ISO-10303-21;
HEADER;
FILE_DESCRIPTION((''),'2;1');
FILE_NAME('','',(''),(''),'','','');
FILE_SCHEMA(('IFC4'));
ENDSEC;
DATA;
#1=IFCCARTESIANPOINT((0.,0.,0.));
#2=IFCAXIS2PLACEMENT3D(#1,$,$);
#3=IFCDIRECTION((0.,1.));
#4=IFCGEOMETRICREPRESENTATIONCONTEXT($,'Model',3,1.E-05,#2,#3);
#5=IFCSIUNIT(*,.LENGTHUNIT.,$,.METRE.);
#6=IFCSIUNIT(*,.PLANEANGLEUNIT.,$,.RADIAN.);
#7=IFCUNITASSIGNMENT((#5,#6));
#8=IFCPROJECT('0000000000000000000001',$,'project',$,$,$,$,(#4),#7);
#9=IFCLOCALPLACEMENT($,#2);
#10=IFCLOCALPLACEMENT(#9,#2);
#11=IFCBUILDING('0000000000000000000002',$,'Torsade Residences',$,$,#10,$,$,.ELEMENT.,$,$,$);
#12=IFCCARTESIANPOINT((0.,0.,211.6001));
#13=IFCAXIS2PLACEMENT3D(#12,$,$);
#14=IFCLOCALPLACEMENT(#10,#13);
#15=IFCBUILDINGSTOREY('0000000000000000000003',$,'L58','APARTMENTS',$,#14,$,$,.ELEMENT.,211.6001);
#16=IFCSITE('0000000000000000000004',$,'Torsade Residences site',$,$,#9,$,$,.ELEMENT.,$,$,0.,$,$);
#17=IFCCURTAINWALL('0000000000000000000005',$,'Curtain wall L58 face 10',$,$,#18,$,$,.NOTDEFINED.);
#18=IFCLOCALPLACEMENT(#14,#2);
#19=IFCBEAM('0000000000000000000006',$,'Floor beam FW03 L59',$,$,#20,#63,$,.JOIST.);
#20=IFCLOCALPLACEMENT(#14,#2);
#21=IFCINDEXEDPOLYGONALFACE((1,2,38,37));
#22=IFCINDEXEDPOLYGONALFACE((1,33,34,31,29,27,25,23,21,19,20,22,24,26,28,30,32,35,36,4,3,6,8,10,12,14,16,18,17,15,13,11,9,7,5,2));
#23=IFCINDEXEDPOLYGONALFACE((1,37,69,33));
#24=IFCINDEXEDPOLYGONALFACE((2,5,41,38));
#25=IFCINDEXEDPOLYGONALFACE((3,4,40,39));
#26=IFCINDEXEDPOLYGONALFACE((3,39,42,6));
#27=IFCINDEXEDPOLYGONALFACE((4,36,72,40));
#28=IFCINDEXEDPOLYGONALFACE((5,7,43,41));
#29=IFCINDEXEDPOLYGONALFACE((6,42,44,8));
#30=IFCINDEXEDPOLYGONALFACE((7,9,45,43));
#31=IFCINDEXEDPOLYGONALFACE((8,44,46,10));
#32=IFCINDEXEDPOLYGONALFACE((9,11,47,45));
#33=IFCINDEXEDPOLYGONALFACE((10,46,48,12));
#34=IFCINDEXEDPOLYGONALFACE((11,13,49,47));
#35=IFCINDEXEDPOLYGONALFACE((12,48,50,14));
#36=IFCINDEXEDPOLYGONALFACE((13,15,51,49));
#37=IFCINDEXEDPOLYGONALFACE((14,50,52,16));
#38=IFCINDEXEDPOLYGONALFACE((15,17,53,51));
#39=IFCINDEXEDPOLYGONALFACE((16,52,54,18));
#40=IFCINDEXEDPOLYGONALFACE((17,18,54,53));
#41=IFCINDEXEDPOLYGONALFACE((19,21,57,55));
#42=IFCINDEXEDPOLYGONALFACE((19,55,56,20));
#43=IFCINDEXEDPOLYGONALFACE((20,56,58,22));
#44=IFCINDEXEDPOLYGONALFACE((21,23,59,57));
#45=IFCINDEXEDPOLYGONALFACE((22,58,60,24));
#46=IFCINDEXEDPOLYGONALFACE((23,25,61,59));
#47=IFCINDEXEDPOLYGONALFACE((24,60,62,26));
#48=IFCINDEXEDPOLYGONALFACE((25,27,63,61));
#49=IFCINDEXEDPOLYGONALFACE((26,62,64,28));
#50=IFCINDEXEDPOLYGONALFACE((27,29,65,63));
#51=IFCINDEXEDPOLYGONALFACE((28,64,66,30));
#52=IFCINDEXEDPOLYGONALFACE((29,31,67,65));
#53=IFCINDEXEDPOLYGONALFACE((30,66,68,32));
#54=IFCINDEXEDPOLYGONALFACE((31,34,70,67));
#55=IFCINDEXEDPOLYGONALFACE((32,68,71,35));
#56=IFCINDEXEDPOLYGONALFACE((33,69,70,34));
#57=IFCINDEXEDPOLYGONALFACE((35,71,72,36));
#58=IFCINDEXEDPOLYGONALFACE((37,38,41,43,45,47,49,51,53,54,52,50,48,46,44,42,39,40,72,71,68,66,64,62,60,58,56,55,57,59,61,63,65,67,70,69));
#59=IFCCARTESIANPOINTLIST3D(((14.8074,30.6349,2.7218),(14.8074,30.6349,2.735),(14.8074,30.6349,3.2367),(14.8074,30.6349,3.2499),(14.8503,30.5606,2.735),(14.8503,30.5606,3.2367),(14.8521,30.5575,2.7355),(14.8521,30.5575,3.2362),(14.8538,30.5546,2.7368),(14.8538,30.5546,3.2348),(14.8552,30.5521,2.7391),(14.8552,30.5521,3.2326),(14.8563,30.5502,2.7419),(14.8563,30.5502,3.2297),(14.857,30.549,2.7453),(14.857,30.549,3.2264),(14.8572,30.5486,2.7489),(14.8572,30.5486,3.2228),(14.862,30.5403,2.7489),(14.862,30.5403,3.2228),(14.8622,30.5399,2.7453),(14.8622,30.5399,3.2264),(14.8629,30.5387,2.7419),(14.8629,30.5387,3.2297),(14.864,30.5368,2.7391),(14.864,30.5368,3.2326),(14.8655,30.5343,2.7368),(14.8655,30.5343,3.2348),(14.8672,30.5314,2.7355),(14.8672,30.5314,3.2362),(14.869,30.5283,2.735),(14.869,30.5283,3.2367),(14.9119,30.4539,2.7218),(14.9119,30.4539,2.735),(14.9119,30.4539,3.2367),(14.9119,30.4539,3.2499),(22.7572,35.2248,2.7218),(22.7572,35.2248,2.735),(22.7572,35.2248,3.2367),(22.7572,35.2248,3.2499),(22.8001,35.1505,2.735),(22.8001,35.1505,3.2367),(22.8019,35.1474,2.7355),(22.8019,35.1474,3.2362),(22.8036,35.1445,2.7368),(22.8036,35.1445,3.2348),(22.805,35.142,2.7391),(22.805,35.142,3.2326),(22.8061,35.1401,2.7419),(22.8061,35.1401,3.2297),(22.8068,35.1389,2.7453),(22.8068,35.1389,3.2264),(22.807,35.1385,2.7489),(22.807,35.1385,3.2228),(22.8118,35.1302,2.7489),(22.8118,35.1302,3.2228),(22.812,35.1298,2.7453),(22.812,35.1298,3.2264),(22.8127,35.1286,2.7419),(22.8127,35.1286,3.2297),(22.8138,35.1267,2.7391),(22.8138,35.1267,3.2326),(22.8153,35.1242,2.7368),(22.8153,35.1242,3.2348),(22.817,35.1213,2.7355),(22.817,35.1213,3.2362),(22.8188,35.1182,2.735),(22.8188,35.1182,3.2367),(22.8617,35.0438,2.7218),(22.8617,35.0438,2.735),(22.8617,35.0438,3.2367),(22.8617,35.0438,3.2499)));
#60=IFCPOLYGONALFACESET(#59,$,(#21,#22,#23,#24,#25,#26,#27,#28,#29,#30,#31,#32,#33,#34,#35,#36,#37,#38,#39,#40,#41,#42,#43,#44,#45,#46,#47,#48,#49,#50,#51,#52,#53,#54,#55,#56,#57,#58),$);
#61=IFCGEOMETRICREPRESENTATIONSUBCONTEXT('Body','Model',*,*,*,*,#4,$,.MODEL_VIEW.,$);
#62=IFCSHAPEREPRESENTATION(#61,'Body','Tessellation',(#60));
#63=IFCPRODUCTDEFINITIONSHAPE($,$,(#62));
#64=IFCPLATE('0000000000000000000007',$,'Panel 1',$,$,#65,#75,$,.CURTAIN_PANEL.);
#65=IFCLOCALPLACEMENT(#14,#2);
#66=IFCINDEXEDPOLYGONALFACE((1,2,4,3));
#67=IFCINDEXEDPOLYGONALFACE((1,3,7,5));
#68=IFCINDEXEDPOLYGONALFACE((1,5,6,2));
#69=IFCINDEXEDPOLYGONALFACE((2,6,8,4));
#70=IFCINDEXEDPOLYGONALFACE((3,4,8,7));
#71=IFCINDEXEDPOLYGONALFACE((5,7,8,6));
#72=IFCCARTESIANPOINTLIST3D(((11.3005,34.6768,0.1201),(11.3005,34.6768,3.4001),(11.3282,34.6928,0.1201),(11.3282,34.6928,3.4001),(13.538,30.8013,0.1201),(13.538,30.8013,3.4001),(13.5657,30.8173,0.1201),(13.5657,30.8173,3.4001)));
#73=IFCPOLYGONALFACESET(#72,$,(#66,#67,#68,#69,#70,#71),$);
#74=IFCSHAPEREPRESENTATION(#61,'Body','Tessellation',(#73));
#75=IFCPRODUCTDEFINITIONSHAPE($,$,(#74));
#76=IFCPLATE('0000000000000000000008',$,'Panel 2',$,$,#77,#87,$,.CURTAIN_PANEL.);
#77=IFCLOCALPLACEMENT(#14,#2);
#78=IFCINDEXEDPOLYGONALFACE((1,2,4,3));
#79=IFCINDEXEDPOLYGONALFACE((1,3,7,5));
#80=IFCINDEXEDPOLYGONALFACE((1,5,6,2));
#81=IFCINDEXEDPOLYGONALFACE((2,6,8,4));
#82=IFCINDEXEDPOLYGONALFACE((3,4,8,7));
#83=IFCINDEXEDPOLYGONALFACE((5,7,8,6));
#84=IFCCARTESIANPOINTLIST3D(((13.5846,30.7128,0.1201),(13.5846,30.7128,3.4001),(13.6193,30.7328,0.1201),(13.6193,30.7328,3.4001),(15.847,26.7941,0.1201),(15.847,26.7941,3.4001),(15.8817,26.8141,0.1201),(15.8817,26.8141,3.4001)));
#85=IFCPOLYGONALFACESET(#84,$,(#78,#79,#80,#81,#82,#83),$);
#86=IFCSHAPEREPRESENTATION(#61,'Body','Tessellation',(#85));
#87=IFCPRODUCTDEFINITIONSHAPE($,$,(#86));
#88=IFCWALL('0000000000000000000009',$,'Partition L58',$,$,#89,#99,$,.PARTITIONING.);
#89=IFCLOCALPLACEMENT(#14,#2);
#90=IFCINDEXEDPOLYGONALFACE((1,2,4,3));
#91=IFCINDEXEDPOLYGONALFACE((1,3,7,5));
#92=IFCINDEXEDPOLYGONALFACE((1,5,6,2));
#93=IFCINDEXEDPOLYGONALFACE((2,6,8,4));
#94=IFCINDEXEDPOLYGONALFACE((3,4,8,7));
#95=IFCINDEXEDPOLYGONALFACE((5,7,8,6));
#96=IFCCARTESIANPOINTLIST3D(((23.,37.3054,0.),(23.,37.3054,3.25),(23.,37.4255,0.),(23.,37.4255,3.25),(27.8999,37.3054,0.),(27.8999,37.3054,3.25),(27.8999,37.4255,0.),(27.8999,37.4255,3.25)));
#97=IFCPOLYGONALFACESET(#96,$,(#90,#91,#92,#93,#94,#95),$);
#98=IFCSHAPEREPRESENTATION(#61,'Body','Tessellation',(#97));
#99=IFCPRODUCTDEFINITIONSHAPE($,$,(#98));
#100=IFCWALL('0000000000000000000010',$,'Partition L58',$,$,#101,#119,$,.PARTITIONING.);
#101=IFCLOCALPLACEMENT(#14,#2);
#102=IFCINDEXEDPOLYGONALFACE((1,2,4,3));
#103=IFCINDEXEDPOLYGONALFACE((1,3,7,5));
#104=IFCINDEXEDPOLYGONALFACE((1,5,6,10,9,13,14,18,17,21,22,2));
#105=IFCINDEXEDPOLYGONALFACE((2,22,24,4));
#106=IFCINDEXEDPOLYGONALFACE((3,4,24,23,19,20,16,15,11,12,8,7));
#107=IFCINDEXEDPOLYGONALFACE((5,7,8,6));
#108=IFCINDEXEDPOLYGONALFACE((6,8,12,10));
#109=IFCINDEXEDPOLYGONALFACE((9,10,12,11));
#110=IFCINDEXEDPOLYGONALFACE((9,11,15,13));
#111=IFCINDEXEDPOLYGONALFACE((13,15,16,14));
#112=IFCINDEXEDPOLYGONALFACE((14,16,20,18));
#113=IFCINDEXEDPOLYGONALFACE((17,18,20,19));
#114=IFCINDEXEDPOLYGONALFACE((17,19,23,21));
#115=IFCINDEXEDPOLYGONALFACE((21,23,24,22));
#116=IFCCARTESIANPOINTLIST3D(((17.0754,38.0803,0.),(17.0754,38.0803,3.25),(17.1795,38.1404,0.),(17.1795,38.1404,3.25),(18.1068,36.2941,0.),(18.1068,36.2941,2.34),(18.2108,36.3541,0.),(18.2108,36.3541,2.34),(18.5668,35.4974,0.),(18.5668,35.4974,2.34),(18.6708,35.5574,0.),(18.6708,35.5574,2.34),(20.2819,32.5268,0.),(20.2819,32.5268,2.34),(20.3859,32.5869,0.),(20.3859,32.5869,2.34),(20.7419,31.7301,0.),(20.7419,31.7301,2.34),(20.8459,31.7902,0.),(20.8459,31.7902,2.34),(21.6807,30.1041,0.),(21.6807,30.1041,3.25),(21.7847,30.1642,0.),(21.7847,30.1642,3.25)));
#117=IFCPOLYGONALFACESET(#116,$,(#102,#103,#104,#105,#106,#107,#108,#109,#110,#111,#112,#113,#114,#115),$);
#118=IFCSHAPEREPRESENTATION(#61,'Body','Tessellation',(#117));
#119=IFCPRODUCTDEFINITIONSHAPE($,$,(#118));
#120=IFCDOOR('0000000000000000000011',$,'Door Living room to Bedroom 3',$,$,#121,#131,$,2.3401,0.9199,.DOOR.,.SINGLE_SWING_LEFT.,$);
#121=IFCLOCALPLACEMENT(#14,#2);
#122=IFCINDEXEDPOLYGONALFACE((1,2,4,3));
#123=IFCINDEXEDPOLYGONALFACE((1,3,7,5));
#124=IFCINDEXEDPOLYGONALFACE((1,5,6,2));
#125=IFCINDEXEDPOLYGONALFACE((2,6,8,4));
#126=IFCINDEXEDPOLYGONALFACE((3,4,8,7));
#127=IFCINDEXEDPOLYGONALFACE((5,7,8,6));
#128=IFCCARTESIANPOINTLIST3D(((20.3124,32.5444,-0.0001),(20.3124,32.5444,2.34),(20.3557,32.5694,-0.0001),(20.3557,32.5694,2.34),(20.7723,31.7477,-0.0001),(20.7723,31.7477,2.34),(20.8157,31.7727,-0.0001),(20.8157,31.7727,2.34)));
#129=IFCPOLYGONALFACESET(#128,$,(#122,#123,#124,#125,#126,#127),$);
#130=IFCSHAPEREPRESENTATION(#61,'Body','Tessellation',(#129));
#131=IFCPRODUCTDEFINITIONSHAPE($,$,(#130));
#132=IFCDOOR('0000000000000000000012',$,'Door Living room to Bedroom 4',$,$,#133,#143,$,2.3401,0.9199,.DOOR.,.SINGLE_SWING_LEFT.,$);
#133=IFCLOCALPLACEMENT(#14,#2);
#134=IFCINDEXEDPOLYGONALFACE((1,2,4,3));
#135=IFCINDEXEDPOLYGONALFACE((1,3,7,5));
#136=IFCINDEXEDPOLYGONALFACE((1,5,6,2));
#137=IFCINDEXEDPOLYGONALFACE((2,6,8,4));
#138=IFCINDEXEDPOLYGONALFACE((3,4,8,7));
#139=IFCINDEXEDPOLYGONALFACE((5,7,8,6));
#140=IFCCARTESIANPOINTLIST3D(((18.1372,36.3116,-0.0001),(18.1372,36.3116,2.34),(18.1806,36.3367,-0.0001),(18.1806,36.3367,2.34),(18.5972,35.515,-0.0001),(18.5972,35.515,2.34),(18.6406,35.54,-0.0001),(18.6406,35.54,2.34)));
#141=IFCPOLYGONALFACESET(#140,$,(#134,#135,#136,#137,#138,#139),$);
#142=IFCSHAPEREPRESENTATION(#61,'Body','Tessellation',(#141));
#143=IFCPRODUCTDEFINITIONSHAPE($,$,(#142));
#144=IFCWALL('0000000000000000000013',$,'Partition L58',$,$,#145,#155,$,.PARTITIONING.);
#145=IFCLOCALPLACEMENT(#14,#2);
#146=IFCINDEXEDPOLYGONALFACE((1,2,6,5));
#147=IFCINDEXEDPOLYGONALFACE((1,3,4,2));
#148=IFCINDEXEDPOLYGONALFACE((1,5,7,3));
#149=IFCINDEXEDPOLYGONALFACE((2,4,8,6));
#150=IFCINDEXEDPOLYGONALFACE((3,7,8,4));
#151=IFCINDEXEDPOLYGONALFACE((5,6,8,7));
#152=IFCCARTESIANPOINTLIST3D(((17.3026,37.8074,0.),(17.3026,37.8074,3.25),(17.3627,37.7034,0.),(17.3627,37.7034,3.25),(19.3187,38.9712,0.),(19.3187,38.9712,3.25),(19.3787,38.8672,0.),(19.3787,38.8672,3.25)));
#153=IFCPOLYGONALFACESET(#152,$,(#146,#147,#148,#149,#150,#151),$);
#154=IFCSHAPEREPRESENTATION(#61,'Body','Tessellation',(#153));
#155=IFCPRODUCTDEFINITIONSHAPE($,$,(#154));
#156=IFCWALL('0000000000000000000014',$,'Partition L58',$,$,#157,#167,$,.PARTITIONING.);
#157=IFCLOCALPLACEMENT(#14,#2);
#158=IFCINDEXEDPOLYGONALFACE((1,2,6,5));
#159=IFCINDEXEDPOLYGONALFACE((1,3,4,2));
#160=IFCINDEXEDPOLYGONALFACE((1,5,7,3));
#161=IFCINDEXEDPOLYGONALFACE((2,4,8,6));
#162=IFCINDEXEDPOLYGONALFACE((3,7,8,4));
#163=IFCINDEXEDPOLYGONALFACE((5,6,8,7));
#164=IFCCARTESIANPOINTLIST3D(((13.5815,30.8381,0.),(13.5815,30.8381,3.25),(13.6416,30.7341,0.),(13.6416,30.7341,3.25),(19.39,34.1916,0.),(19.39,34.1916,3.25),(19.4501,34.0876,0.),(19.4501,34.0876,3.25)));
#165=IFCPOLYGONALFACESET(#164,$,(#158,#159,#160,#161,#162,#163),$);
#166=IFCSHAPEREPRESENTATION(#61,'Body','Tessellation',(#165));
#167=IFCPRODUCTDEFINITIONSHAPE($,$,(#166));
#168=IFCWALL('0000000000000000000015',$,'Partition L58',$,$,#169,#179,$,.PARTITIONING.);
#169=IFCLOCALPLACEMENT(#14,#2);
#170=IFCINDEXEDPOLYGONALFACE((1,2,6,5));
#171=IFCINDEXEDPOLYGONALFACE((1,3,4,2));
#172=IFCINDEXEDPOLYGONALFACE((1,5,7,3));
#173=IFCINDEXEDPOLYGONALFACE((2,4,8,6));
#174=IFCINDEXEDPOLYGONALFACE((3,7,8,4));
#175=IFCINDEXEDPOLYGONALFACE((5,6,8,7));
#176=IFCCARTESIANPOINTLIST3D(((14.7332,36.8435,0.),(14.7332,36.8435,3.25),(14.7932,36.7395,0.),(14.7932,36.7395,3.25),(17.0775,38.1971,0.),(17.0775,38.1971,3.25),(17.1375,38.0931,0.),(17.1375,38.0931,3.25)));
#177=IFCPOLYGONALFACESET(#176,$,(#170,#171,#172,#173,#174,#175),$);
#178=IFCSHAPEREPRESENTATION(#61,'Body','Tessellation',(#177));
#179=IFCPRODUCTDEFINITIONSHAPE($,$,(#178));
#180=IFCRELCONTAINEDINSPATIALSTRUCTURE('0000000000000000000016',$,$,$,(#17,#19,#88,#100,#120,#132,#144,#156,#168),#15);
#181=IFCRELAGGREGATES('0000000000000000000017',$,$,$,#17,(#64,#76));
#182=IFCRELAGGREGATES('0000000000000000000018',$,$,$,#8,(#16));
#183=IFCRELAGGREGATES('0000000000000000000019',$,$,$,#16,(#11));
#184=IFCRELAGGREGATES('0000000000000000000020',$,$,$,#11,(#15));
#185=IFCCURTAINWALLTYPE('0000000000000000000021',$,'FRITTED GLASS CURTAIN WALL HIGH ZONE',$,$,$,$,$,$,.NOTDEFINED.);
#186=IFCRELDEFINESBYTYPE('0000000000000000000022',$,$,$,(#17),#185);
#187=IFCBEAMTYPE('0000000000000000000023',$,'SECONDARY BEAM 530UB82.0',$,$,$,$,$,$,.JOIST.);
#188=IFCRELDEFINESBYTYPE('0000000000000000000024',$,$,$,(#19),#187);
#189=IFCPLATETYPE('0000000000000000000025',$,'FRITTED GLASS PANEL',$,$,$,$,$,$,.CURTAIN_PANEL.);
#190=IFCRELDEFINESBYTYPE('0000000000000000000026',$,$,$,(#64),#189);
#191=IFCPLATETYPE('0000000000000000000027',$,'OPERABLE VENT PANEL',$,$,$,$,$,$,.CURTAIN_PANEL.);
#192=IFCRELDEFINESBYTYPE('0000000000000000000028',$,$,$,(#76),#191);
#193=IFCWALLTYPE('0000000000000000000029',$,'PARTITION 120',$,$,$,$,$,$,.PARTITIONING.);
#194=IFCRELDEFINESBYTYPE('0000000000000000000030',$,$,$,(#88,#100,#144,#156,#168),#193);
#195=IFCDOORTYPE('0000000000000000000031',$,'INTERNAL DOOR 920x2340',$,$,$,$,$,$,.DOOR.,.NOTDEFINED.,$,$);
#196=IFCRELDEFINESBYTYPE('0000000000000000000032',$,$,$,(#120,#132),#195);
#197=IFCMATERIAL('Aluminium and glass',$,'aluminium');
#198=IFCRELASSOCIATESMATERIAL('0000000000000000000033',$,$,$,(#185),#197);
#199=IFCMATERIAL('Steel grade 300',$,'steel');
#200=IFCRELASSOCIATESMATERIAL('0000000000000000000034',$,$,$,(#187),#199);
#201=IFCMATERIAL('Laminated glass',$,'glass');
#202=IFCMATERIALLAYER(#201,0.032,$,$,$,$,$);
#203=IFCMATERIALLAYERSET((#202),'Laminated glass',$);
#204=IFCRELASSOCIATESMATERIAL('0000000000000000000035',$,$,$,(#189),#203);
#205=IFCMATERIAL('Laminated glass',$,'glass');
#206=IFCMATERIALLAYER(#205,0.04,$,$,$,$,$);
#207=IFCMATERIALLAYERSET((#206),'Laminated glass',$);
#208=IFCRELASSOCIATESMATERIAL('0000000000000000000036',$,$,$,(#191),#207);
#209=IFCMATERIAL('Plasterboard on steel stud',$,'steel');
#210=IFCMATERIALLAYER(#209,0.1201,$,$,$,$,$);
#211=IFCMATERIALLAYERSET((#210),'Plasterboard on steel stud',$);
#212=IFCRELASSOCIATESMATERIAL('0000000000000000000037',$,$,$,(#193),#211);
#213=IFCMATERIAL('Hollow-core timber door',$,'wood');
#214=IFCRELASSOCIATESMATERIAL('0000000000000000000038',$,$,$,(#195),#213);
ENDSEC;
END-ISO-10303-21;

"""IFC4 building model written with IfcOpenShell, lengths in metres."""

from ifc_helpers import new_model, si_unit, direction, frame, frame_2d, origin, origin_2d, place, context, subcontext, project, spatial, rectangle, i_section, extrude, material, layer, layer_set, material_profile, profile_set, type_object, element, fill, aggregate, save


model = new_model("IFC4")

# Units and contexts
model_context = context("Model", 3, precision=1e-05, world=origin(), true_north=direction((0.0, 1.0)))
body_context = subcontext(model_context, "Body", "Model", "MODEL_VIEW")
ifc_project = project(units=[si_unit("LENGTHUNIT", "METRE"), si_unit("PLANEANGLEUNIT", "RADIAN")], contexts=[model_context])

# Site, building, storey
site_placement = place(None, origin())
site = spatial("IfcSite", under=ifc_project, at=site_placement, Name="Torsade Residences site", CompositionType="ELEMENT", RefElevation=0.0)
building_placement = place(site_placement, origin())
building = spatial("IfcBuilding", under=site, at=building_placement, Name="Torsade Residences", CompositionType="ELEMENT")
storey_placement = place(building_placement, frame((0.0, 0.0, 211.6001)))
storey = spatial("IfcBuildingStorey", under=building, at=storey_placement, Name="L58", Description="APARTMENTS", CompositionType="ELEMENT", Elevation=211.6001)

# Curtain wall
ifc_material_1 = material(Name="Aluminium and glass", Category="aluminium")
curtain_wall_type = type_object("IfcCurtainWallType", Name="FRITTED GLASS CURTAIN WALL HIGH ZONE", PredefinedType="NOTDEFINED", material=ifc_material_1)
curtain_wall_placement = place(storey_placement, origin())
curtain_wall = element("IfcCurtainWall", 1, at=curtain_wall_placement, inside=storey, type_object=curtain_wall_type, Name="Curtain wall L58 face 10", PredefinedType="NOTDEFINED")

# Beam
ifc_material_2 = material(Name="Steel grade 300", Category="steel")
ifc_material_profile_1 = material_profile(ifc_material_2, i_section(OverallWidth=0.209, OverallDepth=0.5281, WebThickness=0.0095, FlangeThickness=0.0132, FilletRadius=0.0139, at=origin_2d()), Name="530UB82.0")
ifc_profile_set_1 = profile_set([ifc_material_profile_1], Name="Steel grade 300")
beam_type_1 = type_object("IfcBeamType", Name="SECONDARY BEAM 530UB82.0", PredefinedType="JOIST", material=ifc_profile_set_1)
beam_1_placement = place(storey_placement, frame((14.8596, 30.5444, 2.9858), z_axis=(0.866022, 0.500006, 0.0), x_axis=(-0.500006, 0.866022, 0.0)))
element("IfcBeam", 2, at=beam_1_placement, inside=storey, type_object=beam_type_1, Name="Floor beam FW03 L59", PredefinedType="JOIST", context=body_context, shape_type="SweptSolid", body=[
    extrude(i_section(OverallWidth=0.209, OverallDepth=0.5281, WebThickness=0.0095, FlangeThickness=0.0132, FilletRadius=0.0139, at=origin_2d()), origin(), (0.0, 0.0, 1.0), 9.1797),
])

# Plates
ifc_material_3 = material(Name="Laminated glass", Category="glass")
ifc_layer_1 = layer(ifc_material_3, 0.032)
ifc_layer_set_1 = layer_set([ifc_layer_1], Name="Laminated glass")
plate_type_1 = type_object("IfcPlateType", Name="FRITTED GLASS PANEL", PredefinedType="CURTAIN_PANEL", material=ifc_layer_set_1)
plate_1_placement = place(storey_placement, frame((12.4331, 32.7471, 0.1201), z_axis=(0.0, 0.0, 1.0), x_axis=(0.5, -0.866025, 0.0)))
plate_1 = element("IfcPlate", 3, at=plate_1_placement, type_object=plate_type_1, Name="Panel 1", PredefinedType="CURTAIN_PANEL", context=body_context, shape_type="SweptSolid", body=[
    extrude(rectangle(XDim=4.4751, YDim=0.032, at=origin_2d()), origin(), (0.0, 0.0, 1.0), 3.28),
])
ifc_material_4 = material(Name="Laminated glass", Category="glass")
ifc_layer_2 = layer(ifc_material_4, 0.04)
ifc_layer_set_2 = layer_set([ifc_layer_2], Name="Laminated glass")
plate_type_2 = type_object("IfcPlateType", Name="OPERABLE VENT PANEL", PredefinedType="CURTAIN_PANEL", material=ifc_layer_set_2)
plate_2_placement = place(storey_placement, frame((14.7332, 28.7634, 0.1201), z_axis=(0.0, 0.0, 1.0), x_axis=(0.5, -0.866025, 0.0)))
plate_2 = element("IfcPlate", 4, at=plate_2_placement, type_object=plate_type_2, Name="Panel 2", PredefinedType="CURTAIN_PANEL", context=body_context, shape_type="SweptSolid", body=[
    extrude(rectangle(XDim=4.5249, YDim=0.04, at=origin_2d()), origin(), (0.0, 0.0, 1.0), 3.28),
])
aggregate(curtain_wall, [plate_1, plate_2])

# Wall
ifc_material_5 = material(Name="Plasterboard on steel stud", Category="steel")
ifc_layer_3 = layer(ifc_material_5, 0.1201)
ifc_layer_set_3 = layer_set([ifc_layer_3], Name="Plasterboard on steel stud")
wall_type_1 = type_object("IfcWallType", Name="PARTITION 120", PredefinedType="PARTITIONING", material=ifc_layer_set_3)
wall_1_placement = place(storey_placement, frame((23.0, 37.3655, 0.0), z_axis=(0.0, 0.0, 1.0), x_axis=(1.0, 0.0, 0.0)))
element("IfcWall", 5, at=wall_1_placement, inside=storey, type_object=wall_type_1, Name="Partition L58", PredefinedType="PARTITIONING", context=body_context, shape_type="SweptSolid", body=[
    extrude(rectangle(XDim=4.8999, YDim=0.1201, at=frame_2d((2.45, 0.0))), origin(), (0.0, 0.0, 1.0), 3.25),
])

# Wall, openings, doors
wall_2_placement = place(storey_placement, frame((21.7327, 30.1343, 0.0), z_axis=(0.0, 0.0, 1.0), x_axis=(-0.500019, 0.866014, 0.0)))
wall_2 = element("IfcWall", 6, at=wall_2_placement, inside=storey, type_object=wall_type_1, Name="Partition L58", PredefinedType="PARTITIONING", context=body_context, shape_type="SweptSolid", body=[
    extrude(rectangle(XDim=9.2102, YDim=0.1201, at=frame_2d((4.605, 0.0))), origin(), (0.0, 0.0, 1.0), 3.25),
])
opening_1_placement = place(wall_2_placement, frame((1.8774, 0.0, 0.0)))
opening_1 = element("IfcOpeningElement", 7, at=opening_1_placement, cuts=wall_2, PredefinedType="OPENING", context=body_context, shape_type="SweptSolid", body=[
    extrude(rectangle(XDim=0.9199, YDim=2.3401, at=frame_2d((0.46, 1.1699))), frame((0.0, 0.0701, 0.0), z_axis=(0.0, -1.0, 0.0), x_axis=(1.0, 0.0, 0.0)), (0.0, 0.0, 1.0), 0.1401),
])
opening_2_placement = place(wall_2_placement, frame((6.2275, 0.0, 0.0)))
opening_2 = element("IfcOpeningElement", 8, at=opening_2_placement, cuts=wall_2, PredefinedType="OPENING", context=body_context, shape_type="SweptSolid", body=[
    extrude(rectangle(XDim=0.9199, YDim=2.3401, at=frame_2d((0.46, 1.1699))), frame((0.0, 0.0701, 0.0), z_axis=(0.0, -1.0, 0.0), x_axis=(1.0, 0.0, 0.0)), (0.0, 0.0, 1.0), 0.1401),
])
ifc_material_6 = material(Name="Hollow-core timber door", Category="wood")
door_type = type_object("IfcDoorType", Name="INTERNAL DOOR 920x2340", OperationType="NOTDEFINED", PredefinedType="DOOR", material=ifc_material_6)
door_1_placement = place(opening_1_placement, origin())
door_1 = element("IfcDoor", 9, at=door_1_placement, inside=storey, type_object=door_type, Name="Door Living room to Bedroom 3", OperationType="SINGLE_SWING_LEFT", OverallHeight=2.3401, OverallWidth=0.9199, PredefinedType="DOOR", context=body_context, shape_type="SweptSolid", body=[
    extrude(rectangle(XDim=0.9199, YDim=2.3401, at=frame_2d((0.46, 1.1699))), frame((0.0, 0.0249, 0.0), z_axis=(0.0, -1.0, 0.0), x_axis=(1.0, 0.0, 0.0)), (0.0, 0.0, 1.0), 0.05),
])
fill(opening_1, door_1)
door_2_placement = place(opening_2_placement, origin())
door_2 = element("IfcDoor", 10, at=door_2_placement, inside=storey, type_object=door_type, Name="Door Living room to Bedroom 4", OperationType="SINGLE_SWING_LEFT", OverallHeight=2.3401, OverallWidth=0.9199, PredefinedType="DOOR", context=body_context, shape_type="SweptSolid", body=[
    extrude(rectangle(XDim=0.9199, YDim=2.3401, at=frame_2d((0.46, 1.1699))), frame((0.0, 0.0249, 0.0), z_axis=(0.0, -1.0, 0.0), x_axis=(1.0, 0.0, 0.0)), (0.0, 0.0, 1.0), 0.05),
])
fill(opening_2, door_2)

# Walls
wall_3_placement = place(storey_placement, frame((17.3325, 37.7554, 0.0), z_axis=(0.0, 0.0, 1.0), x_axis=(0.86606, 0.49994, 0.0)))
element("IfcWall", 11, at=wall_3_placement, inside=storey, type_object=wall_type_1, Name="Partition L58", PredefinedType="PARTITIONING", context=body_context, shape_type="SweptSolid", body=[
    extrude(rectangle(XDim=2.3279, YDim=0.1201, at=frame_2d((1.1641, 0.0))), origin(), (0.0, 0.0, 1.0), 3.25),
])
wall_4_placement = place(storey_placement, frame((13.6116, 30.7861, 0.0), z_axis=(0.0, 0.0, 1.0), x_axis=(0.86603, 0.499991, 0.0)))
element("IfcWall", 12, at=wall_4_placement, inside=storey, type_object=wall_type_1, Name="Partition L58", PredefinedType="PARTITIONING", context=body_context, shape_type="SweptSolid", body=[
    extrude(rectangle(XDim=6.707, YDim=0.1201, at=frame_2d((3.3535, 0.0))), origin(), (0.0, 0.0, 1.0), 3.25),
])
wall_5_placement = place(storey_placement, frame((14.7632, 36.7915, 0.0), z_axis=(0.0, 0.0, 1.0), x_axis=(0.866014, 0.500019, 0.0)))
element("IfcWall", 13, at=wall_5_placement, inside=storey, type_object=wall_type_1, Name="Partition L58", PredefinedType="PARTITIONING", context=body_context, shape_type="SweptSolid", body=[
    extrude(rectangle(XDim=2.707, YDim=0.1201, at=frame_2d((1.3535, 0.0))), origin(), (0.0, 0.0, 1.0), 3.25),
])

save(model, "model.ifc")
